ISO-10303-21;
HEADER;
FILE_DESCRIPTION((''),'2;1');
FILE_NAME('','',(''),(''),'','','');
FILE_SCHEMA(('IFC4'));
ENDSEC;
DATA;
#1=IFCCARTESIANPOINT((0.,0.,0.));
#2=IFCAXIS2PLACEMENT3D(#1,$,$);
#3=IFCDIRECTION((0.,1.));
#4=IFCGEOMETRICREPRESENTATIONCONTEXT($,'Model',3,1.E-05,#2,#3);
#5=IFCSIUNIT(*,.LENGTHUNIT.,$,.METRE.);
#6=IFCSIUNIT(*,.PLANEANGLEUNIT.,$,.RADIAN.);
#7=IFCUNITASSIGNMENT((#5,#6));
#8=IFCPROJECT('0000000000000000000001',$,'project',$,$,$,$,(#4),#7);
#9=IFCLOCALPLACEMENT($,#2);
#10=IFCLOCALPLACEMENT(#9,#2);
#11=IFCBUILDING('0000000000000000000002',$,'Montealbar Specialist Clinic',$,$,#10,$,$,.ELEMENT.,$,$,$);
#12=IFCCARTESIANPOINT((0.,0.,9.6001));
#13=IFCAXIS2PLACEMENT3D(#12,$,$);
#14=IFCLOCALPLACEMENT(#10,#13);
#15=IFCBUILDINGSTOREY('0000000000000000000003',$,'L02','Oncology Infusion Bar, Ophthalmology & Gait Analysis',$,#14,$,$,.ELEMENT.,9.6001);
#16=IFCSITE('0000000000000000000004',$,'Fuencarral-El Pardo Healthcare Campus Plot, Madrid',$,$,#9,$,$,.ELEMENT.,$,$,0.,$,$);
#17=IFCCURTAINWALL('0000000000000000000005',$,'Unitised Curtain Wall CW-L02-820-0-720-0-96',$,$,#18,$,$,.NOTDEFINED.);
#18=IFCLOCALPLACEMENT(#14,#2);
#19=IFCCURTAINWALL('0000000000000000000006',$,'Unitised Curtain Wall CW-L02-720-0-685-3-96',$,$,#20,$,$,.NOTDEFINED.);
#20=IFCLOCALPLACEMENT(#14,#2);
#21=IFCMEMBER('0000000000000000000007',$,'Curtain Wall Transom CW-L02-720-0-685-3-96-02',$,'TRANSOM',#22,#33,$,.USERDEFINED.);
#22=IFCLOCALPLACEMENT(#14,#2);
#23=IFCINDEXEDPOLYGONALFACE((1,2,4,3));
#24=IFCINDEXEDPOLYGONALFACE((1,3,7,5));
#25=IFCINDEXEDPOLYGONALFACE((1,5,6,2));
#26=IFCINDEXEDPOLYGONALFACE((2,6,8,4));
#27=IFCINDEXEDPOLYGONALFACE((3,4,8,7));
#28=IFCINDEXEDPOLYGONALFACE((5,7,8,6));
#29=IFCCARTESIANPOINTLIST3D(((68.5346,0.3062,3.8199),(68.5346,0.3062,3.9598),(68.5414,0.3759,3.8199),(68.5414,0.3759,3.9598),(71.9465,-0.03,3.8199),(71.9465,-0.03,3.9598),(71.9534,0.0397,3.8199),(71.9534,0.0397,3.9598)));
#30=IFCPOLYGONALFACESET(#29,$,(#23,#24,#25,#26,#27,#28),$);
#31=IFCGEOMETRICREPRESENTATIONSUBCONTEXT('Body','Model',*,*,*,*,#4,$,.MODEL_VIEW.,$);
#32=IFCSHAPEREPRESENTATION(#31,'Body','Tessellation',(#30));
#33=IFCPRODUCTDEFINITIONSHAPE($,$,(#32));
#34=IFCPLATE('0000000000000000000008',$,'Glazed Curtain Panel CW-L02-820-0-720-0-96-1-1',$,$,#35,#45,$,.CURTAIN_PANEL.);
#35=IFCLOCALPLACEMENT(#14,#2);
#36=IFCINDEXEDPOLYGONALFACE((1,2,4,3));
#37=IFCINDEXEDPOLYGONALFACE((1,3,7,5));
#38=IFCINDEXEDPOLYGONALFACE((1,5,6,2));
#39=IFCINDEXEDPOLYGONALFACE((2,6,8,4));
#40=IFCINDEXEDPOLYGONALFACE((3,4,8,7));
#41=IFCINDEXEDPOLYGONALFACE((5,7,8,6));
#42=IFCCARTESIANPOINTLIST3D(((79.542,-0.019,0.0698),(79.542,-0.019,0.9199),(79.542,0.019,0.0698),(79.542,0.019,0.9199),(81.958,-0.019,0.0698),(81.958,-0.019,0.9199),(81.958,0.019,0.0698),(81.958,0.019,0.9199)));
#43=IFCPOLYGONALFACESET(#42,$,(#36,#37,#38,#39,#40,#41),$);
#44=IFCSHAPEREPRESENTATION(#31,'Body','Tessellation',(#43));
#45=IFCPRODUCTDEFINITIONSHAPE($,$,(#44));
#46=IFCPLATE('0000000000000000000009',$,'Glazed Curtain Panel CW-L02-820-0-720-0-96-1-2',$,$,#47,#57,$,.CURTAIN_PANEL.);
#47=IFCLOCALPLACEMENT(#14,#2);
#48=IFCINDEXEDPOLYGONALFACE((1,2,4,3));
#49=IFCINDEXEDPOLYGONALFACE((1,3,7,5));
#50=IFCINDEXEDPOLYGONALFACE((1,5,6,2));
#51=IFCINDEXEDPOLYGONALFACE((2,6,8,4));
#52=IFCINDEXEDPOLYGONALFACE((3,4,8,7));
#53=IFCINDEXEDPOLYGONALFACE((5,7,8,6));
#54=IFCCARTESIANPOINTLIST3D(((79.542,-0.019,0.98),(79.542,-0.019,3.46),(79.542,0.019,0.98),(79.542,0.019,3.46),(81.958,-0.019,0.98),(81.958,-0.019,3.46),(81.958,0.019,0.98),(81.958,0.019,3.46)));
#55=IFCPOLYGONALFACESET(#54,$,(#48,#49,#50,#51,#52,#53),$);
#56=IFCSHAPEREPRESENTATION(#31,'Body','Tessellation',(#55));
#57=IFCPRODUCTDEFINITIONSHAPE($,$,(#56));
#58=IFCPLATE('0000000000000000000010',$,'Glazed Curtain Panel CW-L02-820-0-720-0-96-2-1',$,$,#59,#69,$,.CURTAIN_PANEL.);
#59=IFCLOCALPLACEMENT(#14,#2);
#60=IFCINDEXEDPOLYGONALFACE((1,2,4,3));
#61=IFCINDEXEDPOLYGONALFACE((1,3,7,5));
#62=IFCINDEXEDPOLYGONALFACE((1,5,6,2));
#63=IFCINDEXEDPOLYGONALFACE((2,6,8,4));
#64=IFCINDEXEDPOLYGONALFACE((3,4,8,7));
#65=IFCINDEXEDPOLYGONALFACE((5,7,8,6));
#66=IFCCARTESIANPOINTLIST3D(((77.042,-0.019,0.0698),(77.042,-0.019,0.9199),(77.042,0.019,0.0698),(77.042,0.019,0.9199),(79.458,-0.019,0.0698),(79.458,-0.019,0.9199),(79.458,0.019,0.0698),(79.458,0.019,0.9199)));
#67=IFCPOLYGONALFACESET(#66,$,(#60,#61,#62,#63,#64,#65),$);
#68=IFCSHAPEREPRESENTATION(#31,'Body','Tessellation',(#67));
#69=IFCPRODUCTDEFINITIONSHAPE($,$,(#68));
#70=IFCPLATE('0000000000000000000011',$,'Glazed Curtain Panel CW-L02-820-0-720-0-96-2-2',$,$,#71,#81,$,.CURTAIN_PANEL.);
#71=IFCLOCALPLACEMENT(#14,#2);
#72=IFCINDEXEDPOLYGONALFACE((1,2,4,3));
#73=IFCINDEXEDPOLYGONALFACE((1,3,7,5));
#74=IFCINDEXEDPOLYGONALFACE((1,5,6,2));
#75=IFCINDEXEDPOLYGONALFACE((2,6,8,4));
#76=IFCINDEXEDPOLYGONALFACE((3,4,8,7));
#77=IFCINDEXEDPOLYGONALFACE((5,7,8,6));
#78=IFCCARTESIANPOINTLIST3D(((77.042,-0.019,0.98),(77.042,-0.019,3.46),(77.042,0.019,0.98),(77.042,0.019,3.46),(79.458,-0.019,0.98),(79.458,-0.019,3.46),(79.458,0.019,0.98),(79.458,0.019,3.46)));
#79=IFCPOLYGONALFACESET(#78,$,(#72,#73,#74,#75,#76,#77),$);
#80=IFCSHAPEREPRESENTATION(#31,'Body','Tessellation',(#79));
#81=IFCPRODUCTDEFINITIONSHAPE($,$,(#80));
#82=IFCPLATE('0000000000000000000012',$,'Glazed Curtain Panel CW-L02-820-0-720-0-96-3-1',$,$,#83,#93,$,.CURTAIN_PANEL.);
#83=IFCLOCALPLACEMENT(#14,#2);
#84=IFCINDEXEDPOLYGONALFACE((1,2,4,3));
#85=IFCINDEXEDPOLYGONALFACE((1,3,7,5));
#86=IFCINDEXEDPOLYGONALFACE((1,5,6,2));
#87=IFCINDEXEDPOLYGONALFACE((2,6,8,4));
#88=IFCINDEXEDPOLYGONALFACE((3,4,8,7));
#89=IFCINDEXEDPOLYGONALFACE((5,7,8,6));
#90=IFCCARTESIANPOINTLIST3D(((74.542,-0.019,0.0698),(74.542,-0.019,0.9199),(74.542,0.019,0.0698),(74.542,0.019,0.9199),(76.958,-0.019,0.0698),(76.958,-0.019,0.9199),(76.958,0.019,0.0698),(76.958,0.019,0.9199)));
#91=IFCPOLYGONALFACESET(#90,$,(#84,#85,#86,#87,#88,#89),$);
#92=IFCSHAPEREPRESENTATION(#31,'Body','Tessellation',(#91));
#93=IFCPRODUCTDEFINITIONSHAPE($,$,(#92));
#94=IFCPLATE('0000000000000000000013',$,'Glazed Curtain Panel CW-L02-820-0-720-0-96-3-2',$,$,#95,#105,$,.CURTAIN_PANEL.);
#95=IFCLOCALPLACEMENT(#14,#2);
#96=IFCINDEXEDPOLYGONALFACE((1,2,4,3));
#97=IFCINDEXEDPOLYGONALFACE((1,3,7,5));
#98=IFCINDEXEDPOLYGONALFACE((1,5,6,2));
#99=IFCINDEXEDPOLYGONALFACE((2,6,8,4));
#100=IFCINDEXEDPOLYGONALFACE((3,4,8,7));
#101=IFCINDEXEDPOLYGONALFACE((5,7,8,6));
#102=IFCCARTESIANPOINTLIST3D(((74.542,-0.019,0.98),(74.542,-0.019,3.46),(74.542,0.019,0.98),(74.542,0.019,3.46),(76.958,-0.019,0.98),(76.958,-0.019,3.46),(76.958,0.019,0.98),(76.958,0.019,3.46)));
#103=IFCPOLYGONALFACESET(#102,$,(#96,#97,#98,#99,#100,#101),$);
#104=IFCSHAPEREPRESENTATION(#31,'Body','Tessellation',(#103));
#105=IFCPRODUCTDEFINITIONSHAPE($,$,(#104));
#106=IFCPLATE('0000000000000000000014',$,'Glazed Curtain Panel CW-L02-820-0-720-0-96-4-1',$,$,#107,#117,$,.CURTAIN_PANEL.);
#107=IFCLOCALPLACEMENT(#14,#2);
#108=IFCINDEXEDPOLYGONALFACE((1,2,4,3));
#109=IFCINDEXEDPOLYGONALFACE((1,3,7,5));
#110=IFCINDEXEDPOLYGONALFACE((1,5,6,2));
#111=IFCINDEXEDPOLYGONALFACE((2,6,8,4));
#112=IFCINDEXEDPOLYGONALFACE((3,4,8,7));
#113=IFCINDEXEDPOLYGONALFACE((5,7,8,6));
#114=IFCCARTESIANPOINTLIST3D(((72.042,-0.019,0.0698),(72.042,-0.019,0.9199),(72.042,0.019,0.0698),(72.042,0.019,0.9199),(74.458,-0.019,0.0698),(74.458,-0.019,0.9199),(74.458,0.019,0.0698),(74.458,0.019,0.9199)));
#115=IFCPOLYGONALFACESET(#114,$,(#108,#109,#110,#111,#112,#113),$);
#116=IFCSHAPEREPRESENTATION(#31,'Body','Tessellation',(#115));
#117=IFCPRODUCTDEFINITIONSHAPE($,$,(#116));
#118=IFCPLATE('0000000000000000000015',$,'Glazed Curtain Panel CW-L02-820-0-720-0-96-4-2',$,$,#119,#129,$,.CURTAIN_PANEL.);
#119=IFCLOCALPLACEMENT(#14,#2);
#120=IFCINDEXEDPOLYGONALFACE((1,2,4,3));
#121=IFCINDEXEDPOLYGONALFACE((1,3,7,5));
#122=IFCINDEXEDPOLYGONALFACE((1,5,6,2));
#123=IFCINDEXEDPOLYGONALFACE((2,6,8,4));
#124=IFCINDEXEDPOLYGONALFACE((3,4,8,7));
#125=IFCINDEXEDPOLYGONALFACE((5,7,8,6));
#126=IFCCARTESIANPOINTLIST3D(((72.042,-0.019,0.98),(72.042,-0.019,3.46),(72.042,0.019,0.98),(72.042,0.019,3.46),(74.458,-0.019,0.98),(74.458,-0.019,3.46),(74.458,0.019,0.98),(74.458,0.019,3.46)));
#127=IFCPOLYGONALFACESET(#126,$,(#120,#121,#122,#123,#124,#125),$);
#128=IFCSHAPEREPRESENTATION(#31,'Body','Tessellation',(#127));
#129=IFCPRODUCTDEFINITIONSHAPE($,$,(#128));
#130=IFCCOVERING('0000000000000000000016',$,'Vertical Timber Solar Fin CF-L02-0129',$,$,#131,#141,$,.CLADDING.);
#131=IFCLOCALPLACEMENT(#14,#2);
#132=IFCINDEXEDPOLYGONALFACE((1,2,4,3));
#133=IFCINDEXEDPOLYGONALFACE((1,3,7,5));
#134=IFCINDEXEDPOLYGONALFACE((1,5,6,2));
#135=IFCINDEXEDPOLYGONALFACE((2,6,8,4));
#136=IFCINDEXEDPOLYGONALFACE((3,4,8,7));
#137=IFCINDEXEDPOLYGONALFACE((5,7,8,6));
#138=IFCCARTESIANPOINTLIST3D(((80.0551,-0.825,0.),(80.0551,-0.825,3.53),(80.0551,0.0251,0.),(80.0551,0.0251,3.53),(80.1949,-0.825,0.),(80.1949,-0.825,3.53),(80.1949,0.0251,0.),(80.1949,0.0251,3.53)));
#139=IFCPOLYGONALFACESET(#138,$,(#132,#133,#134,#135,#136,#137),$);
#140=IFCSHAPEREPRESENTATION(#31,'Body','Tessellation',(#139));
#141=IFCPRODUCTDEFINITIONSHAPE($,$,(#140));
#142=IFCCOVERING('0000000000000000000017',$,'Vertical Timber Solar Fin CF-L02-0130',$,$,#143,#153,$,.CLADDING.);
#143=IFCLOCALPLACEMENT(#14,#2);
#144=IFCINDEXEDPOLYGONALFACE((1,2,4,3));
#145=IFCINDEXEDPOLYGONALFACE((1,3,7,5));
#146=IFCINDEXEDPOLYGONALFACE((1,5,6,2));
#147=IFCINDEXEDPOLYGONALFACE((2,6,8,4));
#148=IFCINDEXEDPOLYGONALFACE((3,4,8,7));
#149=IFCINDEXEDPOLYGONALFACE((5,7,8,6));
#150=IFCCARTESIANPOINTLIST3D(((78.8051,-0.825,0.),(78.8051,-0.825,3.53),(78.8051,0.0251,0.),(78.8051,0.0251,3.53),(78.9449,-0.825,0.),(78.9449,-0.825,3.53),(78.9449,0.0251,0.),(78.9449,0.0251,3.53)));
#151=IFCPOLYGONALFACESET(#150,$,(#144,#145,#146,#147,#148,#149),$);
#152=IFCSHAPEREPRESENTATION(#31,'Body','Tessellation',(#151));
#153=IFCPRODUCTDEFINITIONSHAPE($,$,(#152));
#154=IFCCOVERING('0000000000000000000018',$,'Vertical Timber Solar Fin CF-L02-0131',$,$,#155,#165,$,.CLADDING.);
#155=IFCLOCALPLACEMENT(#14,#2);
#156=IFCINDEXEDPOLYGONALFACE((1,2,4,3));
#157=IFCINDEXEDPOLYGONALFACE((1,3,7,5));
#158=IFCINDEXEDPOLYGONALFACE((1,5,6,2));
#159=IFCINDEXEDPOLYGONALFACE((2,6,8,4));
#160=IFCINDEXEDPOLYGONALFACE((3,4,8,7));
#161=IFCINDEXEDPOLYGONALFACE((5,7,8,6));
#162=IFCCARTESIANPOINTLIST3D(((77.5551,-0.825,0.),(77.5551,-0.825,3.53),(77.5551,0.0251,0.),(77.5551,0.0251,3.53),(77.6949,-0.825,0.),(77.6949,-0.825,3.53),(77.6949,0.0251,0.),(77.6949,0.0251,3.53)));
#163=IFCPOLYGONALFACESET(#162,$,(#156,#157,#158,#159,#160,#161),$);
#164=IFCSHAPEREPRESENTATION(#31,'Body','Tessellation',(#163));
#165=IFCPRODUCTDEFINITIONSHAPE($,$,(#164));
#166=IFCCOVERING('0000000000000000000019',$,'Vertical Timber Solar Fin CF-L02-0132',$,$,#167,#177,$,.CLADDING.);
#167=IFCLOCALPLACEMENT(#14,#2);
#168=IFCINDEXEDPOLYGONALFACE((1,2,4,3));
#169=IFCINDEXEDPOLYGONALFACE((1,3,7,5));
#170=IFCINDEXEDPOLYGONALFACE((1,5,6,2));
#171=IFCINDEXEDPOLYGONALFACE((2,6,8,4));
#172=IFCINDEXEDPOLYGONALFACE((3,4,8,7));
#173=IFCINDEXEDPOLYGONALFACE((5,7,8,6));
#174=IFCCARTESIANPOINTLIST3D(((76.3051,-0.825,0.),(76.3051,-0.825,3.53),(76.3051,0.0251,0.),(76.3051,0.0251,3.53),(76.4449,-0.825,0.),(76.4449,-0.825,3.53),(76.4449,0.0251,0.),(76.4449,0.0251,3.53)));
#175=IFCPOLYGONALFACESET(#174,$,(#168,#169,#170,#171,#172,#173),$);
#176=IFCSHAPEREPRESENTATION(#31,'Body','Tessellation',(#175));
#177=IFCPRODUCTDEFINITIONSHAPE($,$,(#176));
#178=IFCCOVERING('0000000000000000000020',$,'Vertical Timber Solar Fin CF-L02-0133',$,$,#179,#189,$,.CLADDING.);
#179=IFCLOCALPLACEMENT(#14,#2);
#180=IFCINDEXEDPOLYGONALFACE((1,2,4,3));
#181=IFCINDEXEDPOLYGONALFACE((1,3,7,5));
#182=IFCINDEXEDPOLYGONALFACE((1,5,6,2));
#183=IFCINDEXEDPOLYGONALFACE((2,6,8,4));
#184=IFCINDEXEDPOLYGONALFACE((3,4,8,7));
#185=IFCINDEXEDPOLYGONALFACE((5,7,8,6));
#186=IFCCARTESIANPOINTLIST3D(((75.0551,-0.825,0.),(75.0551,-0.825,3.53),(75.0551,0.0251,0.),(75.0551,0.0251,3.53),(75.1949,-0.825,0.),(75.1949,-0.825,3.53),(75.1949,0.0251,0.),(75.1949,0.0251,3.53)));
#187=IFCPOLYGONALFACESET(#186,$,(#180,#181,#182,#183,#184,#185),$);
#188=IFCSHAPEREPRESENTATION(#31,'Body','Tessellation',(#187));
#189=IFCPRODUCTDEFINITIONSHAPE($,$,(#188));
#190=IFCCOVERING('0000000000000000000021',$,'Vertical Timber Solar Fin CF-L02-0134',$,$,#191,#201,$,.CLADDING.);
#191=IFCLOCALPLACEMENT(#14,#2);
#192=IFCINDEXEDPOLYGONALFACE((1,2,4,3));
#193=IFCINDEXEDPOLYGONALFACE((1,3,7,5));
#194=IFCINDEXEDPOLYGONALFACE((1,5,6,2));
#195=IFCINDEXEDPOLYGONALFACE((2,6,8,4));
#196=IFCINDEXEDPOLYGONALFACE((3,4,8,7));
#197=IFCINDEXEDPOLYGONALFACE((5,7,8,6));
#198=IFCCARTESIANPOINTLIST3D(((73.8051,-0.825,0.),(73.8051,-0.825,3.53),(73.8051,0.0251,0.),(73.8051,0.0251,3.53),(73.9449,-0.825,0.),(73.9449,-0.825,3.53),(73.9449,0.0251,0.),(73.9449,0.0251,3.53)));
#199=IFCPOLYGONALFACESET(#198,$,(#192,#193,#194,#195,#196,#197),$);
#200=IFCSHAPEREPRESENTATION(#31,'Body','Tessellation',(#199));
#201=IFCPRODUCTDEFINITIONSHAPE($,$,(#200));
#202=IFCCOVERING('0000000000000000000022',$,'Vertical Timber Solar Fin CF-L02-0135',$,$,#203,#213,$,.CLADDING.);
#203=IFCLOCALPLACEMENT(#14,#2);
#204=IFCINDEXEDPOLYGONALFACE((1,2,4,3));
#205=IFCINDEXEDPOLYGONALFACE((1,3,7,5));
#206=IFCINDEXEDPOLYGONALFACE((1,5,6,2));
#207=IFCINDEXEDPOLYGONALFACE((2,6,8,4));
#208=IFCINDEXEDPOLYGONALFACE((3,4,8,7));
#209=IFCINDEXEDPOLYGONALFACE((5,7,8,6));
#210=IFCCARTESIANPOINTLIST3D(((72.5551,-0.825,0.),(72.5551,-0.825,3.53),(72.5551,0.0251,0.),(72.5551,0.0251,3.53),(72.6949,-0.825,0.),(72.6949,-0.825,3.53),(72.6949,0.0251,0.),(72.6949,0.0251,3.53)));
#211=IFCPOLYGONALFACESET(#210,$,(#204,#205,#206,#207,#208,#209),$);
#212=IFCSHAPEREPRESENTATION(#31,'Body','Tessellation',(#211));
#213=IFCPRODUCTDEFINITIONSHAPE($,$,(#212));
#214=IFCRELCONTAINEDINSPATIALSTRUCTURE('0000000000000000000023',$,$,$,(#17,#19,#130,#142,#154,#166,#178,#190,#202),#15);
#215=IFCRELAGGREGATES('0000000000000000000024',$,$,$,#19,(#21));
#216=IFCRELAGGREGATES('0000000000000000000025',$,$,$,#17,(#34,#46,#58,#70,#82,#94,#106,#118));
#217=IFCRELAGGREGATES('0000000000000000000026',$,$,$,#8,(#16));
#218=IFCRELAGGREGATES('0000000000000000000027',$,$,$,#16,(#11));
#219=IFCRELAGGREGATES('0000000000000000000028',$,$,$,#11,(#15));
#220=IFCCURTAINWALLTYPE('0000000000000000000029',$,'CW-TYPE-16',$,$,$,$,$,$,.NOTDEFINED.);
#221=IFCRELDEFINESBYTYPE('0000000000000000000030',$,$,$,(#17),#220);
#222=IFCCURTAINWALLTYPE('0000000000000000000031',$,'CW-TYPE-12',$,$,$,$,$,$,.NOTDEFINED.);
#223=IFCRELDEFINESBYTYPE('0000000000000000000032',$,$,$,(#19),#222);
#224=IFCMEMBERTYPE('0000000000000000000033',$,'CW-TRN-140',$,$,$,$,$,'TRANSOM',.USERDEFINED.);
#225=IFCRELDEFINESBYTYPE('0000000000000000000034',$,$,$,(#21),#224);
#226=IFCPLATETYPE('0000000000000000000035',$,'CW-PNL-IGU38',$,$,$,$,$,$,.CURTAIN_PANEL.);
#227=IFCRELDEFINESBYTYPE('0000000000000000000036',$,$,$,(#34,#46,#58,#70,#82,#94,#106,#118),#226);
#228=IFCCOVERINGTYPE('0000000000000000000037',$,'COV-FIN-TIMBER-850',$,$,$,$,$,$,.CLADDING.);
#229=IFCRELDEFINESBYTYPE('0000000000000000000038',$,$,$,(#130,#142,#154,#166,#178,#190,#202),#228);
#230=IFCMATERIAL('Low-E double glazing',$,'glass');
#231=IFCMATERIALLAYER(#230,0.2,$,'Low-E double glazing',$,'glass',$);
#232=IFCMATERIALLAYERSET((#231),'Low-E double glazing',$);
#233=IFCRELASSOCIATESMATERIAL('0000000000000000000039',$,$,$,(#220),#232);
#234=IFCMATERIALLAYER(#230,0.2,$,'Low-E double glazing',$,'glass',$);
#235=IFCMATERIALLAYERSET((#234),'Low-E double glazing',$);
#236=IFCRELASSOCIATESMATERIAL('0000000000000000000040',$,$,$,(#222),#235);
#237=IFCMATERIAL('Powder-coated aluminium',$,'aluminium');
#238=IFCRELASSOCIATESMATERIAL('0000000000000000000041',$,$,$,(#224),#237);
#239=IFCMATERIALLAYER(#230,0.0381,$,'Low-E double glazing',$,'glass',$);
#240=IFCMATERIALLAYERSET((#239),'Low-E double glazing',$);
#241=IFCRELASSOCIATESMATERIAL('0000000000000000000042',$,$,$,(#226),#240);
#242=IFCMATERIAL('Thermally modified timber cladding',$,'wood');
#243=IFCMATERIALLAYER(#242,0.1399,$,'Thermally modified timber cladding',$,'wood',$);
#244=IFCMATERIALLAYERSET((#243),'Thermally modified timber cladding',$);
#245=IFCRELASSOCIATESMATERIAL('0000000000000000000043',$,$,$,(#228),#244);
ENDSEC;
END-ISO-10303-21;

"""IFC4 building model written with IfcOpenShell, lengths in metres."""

from ifc_helpers import new_model, si_unit, direction, frame, origin, origin_2d, place, context, subcontext, project, spatial, rectangle, extrude, material, layer, layer_set, material_profile, profile_set, type_object, element, aggregate, save


model = new_model("IFC4")

# Units and contexts
model_context = context("Model", 3, precision=1e-05, world=origin(), true_north=direction((0.0, 1.0)))
body_context = subcontext(model_context, "Body", "Model", "MODEL_VIEW")
ifc_project = project(units=[si_unit("LENGTHUNIT", "METRE"), si_unit("PLANEANGLEUNIT", "RADIAN")], contexts=[model_context])

# Site, building, storey
site_placement = place(None, origin())
site = spatial("IfcSite", under=ifc_project, at=site_placement, Name="Fuencarral-El Pardo Healthcare Campus Plot, Madrid", CompositionType="ELEMENT", RefElevation=0.0)
building_placement = place(site_placement, origin())
building = spatial("IfcBuilding", under=site, at=building_placement, Name="Montealbar Specialist Clinic", CompositionType="ELEMENT")
storey_placement = place(building_placement, frame((0.0, 0.0, 9.6001)))
storey = spatial("IfcBuildingStorey", under=building, at=storey_placement, Name="L02", Description="Oncology Infusion Bar, Ophthalmology & Gait Analysis", CompositionType="ELEMENT", Elevation=9.6001)

# Curtain walls, member
ifc_material_1 = material(Name="Low-E double glazing", Category="glass")
ifc_layer_1 = layer(ifc_material_1, 0.2, Name="Low-E double glazing", Category="glass")
ifc_layer_set_1 = layer_set([ifc_layer_1], Name="Low-E double glazing")
curtain_wall_type_1 = type_object("IfcCurtainWallType", Name="CW-TYPE-16", PredefinedType="NOTDEFINED", material=ifc_layer_set_1)
curtain_wall_1_placement = place(storey_placement, origin())
curtain_wall_1 = element("IfcCurtainWall", 1, at=curtain_wall_1_placement, inside=storey, type_object=curtain_wall_type_1, Name="Unitised Curtain Wall CW-L02-820-0-720-0-96", PredefinedType="NOTDEFINED")
ifc_layer_2 = layer(ifc_material_1, 0.2, Name="Low-E double glazing", Category="glass")
ifc_layer_set_2 = layer_set([ifc_layer_2], Name="Low-E double glazing")
curtain_wall_type_2 = type_object("IfcCurtainWallType", Name="CW-TYPE-12", PredefinedType="NOTDEFINED", material=ifc_layer_set_2)
curtain_wall_2_placement = place(storey_placement, origin())
curtain_wall_2 = element("IfcCurtainWall", 2, at=curtain_wall_2_placement, inside=storey, type_object=curtain_wall_type_2, Name="Unitised Curtain Wall CW-L02-720-0-685-3-96", PredefinedType="NOTDEFINED")
ifc_material_2 = material(Name="Powder-coated aluminium", Category="aluminium")
ifc_material_profile_1 = material_profile(ifc_material_2, rectangle(XDim=0.0701, YDim=0.1399, at=origin_2d()), Name="ALU 70x140", Category="aluminium")
ifc_profile_set_1 = profile_set([ifc_material_profile_1], Name="Powder-coated aluminium")
member_type_1 = type_object("IfcMemberType", Name="CW-TRN-140", ElementType="TRANSOM", PredefinedType="USERDEFINED", material=ifc_profile_set_1)
member_1_placement = place(storey_placement, frame((71.95, 0.0049, 3.8899), z_axis=(-0.995181, 0.098058, 0.0), x_axis=(-0.098058, -0.995181, 0.0)))
member_1 = element("IfcMember", 3, at=member_1_placement, type_object=member_type_1, Name="Curtain Wall Transom CW-L02-720-0-685-3-96-02", ObjectType="TRANSOM", PredefinedType="USERDEFINED", context=body_context, shape_type="SweptSolid", body=[
    extrude(rectangle(XDim=0.0701, YDim=0.1399, at=origin_2d()), origin(), (0.0, 0.0, 1.0), 3.4285),
])
aggregate(curtain_wall_2, [member_1])

# Plates
ifc_layer_3 = layer(ifc_material_1, 0.0381, Name="Low-E double glazing", Category="glass")
ifc_layer_set_3 = layer_set([ifc_layer_3], Name="Low-E double glazing")
plate_type = type_object("IfcPlateType", Name="CW-PNL-IGU38", PredefinedType="CURTAIN_PANEL", material=ifc_layer_set_3)
plate_1_placement = place(storey_placement, frame((80.75, 0.0, 0.0698), z_axis=(0.0, 0.0, 1.0), x_axis=(-1.0, 0.0, 0.0)))
plate_1 = element("IfcPlate", 4, at=plate_1_placement, type_object=plate_type, Name="Glazed Curtain Panel CW-L02-820-0-720-0-96-1-1", PredefinedType="CURTAIN_PANEL", context=body_context, shape_type="SweptSolid", body=[
    extrude(rectangle(XDim=2.416, YDim=0.0381, at=origin_2d()), origin(), (0.0, 0.0, 1.0), 0.8501),
])
plate_2_placement = place(storey_placement, frame((80.75, 0.0, 0.98), z_axis=(0.0, 0.0, 1.0), x_axis=(-1.0, 0.0, 0.0)))
plate_2 = element("IfcPlate", 5, at=plate_2_placement, type_object=plate_type, Name="Glazed Curtain Panel CW-L02-820-0-720-0-96-1-2", PredefinedType="CURTAIN_PANEL", context=body_context, shape_type="SweptSolid", body=[
    extrude(rectangle(XDim=2.416, YDim=0.0381, at=origin_2d()), origin(), (0.0, 0.0, 1.0), 2.48),
])
plate_3_placement = place(storey_placement, frame((78.25, 0.0, 0.0698), z_axis=(0.0, 0.0, 1.0), x_axis=(-1.0, 0.0, 0.0)))
plate_3 = element("IfcPlate", 6, at=plate_3_placement, type_object=plate_type, Name="Glazed Curtain Panel CW-L02-820-0-720-0-96-2-1", PredefinedType="CURTAIN_PANEL", context=body_context, shape_type="SweptSolid", body=[
    extrude(rectangle(XDim=2.416, YDim=0.0381, at=origin_2d()), origin(), (0.0, 0.0, 1.0), 0.8501),
])
plate_4_placement = place(storey_placement, frame((78.25, 0.0, 0.98), z_axis=(0.0, 0.0, 1.0), x_axis=(-1.0, 0.0, 0.0)))
plate_4 = element("IfcPlate", 7, at=plate_4_placement, type_object=plate_type, Name="Glazed Curtain Panel CW-L02-820-0-720-0-96-2-2", PredefinedType="CURTAIN_PANEL", context=body_context, shape_type="SweptSolid", body=[
    extrude(rectangle(XDim=2.416, YDim=0.0381, at=origin_2d()), origin(), (0.0, 0.0, 1.0), 2.48),
])
plate_5_placement = place(storey_placement, frame((75.75, 0.0, 0.0698), z_axis=(0.0, 0.0, 1.0), x_axis=(-1.0, 0.0, 0.0)))
plate_5 = element("IfcPlate", 8, at=plate_5_placement, type_object=plate_type, Name="Glazed Curtain Panel CW-L02-820-0-720-0-96-3-1", PredefinedType="CURTAIN_PANEL", context=body_context, shape_type="SweptSolid", body=[
    extrude(rectangle(XDim=2.416, YDim=0.0381, at=origin_2d()), origin(), (0.0, 0.0, 1.0), 0.8501),
])
plate_6_placement = place(storey_placement, frame((75.75, 0.0, 0.98), z_axis=(0.0, 0.0, 1.0), x_axis=(-1.0, 0.0, 0.0)))
plate_6 = element("IfcPlate", 9, at=plate_6_placement, type_object=plate_type, Name="Glazed Curtain Panel CW-L02-820-0-720-0-96-3-2", PredefinedType="CURTAIN_PANEL", context=body_context, shape_type="SweptSolid", body=[
    extrude(rectangle(XDim=2.416, YDim=0.0381, at=origin_2d()), origin(), (0.0, 0.0, 1.0), 2.48),
])
plate_7_placement = place(storey_placement, frame((73.25, 0.0, 0.0698), z_axis=(0.0, 0.0, 1.0), x_axis=(-1.0, 0.0, 0.0)))
plate_7 = element("IfcPlate", 10, at=plate_7_placement, type_object=plate_type, Name="Glazed Curtain Panel CW-L02-820-0-720-0-96-4-1", PredefinedType="CURTAIN_PANEL", context=body_context, shape_type="SweptSolid", body=[
    extrude(rectangle(XDim=2.416, YDim=0.0381, at=origin_2d()), origin(), (0.0, 0.0, 1.0), 0.8501),
])
plate_8_placement = place(storey_placement, frame((73.25, 0.0, 0.98), z_axis=(0.0, 0.0, 1.0), x_axis=(-1.0, 0.0, 0.0)))
plate_8 = element("IfcPlate", 11, at=plate_8_placement, type_object=plate_type, Name="Glazed Curtain Panel CW-L02-820-0-720-0-96-4-2", PredefinedType="CURTAIN_PANEL", context=body_context, shape_type="SweptSolid", body=[
    extrude(rectangle(XDim=2.416, YDim=0.0381, at=origin_2d()), origin(), (0.0, 0.0, 1.0), 2.48),
])
aggregate(curtain_wall_1, [plate_1, plate_2, plate_3, plate_4, plate_5, plate_6, plate_7, plate_8])

# Coverings
ifc_material_3 = material(Name="Thermally modified timber cladding", Category="wood")
ifc_layer_4 = layer(ifc_material_3, 0.1399, Name="Thermally modified timber cladding", Category="wood")
ifc_layer_set_4 = layer_set([ifc_layer_4], Name="Thermally modified timber cladding")
covering_type = type_object("IfcCoveringType", Name="COV-FIN-TIMBER-850", PredefinedType="CLADDING", material=ifc_layer_set_4)
for number, where, z_axis, x_axis, name in (
    (12, (80.125, -0.3999, 0.0), (0.0, 0.0, 1.0), (0.0, -1.0, 0.0), "Vertical Timber Solar Fin CF-L02-0129"),
    (13, (78.875, -0.3999, 0.0), (0.0, 0.0, 1.0), (0.0, -1.0, 0.0), "Vertical Timber Solar Fin CF-L02-0130"),
    (14, (77.625, -0.3999, 0.0), (0.0, 0.0, 1.0), (0.0, -1.0, 0.0), "Vertical Timber Solar Fin CF-L02-0131"),
    (15, (76.375, -0.3999, 0.0), (0.0, 0.0, 1.0), (0.0, -1.0, 0.0), "Vertical Timber Solar Fin CF-L02-0132"),
    (16, (75.125, -0.3999, 0.0), (0.0, 0.0, 1.0), (0.0, -1.0, 0.0), "Vertical Timber Solar Fin CF-L02-0133"),
    (17, (73.875, -0.3999, 0.0), (0.0, 0.0, 1.0), (0.0, -1.0, 0.0), "Vertical Timber Solar Fin CF-L02-0134"),
    (18, (72.625, -0.3999, 0.0), (0.0, 0.0, 1.0), (0.0, -1.0, 0.0), "Vertical Timber Solar Fin CF-L02-0135"),
):
    element("IfcCovering", number, at=place(storey_placement, frame(where, z_axis=z_axis, x_axis=x_axis)), inside=storey, type_object=covering_type, Name=name, PredefinedType="CLADDING", context=body_context, shape_type="SweptSolid", body=[
        extrude(rectangle(XDim=0.8501, YDim=0.1399, at=origin_2d()), origin(), (0.0, 0.0, 1.0), 3.53),
    ])

save(model, "model.ifc")
